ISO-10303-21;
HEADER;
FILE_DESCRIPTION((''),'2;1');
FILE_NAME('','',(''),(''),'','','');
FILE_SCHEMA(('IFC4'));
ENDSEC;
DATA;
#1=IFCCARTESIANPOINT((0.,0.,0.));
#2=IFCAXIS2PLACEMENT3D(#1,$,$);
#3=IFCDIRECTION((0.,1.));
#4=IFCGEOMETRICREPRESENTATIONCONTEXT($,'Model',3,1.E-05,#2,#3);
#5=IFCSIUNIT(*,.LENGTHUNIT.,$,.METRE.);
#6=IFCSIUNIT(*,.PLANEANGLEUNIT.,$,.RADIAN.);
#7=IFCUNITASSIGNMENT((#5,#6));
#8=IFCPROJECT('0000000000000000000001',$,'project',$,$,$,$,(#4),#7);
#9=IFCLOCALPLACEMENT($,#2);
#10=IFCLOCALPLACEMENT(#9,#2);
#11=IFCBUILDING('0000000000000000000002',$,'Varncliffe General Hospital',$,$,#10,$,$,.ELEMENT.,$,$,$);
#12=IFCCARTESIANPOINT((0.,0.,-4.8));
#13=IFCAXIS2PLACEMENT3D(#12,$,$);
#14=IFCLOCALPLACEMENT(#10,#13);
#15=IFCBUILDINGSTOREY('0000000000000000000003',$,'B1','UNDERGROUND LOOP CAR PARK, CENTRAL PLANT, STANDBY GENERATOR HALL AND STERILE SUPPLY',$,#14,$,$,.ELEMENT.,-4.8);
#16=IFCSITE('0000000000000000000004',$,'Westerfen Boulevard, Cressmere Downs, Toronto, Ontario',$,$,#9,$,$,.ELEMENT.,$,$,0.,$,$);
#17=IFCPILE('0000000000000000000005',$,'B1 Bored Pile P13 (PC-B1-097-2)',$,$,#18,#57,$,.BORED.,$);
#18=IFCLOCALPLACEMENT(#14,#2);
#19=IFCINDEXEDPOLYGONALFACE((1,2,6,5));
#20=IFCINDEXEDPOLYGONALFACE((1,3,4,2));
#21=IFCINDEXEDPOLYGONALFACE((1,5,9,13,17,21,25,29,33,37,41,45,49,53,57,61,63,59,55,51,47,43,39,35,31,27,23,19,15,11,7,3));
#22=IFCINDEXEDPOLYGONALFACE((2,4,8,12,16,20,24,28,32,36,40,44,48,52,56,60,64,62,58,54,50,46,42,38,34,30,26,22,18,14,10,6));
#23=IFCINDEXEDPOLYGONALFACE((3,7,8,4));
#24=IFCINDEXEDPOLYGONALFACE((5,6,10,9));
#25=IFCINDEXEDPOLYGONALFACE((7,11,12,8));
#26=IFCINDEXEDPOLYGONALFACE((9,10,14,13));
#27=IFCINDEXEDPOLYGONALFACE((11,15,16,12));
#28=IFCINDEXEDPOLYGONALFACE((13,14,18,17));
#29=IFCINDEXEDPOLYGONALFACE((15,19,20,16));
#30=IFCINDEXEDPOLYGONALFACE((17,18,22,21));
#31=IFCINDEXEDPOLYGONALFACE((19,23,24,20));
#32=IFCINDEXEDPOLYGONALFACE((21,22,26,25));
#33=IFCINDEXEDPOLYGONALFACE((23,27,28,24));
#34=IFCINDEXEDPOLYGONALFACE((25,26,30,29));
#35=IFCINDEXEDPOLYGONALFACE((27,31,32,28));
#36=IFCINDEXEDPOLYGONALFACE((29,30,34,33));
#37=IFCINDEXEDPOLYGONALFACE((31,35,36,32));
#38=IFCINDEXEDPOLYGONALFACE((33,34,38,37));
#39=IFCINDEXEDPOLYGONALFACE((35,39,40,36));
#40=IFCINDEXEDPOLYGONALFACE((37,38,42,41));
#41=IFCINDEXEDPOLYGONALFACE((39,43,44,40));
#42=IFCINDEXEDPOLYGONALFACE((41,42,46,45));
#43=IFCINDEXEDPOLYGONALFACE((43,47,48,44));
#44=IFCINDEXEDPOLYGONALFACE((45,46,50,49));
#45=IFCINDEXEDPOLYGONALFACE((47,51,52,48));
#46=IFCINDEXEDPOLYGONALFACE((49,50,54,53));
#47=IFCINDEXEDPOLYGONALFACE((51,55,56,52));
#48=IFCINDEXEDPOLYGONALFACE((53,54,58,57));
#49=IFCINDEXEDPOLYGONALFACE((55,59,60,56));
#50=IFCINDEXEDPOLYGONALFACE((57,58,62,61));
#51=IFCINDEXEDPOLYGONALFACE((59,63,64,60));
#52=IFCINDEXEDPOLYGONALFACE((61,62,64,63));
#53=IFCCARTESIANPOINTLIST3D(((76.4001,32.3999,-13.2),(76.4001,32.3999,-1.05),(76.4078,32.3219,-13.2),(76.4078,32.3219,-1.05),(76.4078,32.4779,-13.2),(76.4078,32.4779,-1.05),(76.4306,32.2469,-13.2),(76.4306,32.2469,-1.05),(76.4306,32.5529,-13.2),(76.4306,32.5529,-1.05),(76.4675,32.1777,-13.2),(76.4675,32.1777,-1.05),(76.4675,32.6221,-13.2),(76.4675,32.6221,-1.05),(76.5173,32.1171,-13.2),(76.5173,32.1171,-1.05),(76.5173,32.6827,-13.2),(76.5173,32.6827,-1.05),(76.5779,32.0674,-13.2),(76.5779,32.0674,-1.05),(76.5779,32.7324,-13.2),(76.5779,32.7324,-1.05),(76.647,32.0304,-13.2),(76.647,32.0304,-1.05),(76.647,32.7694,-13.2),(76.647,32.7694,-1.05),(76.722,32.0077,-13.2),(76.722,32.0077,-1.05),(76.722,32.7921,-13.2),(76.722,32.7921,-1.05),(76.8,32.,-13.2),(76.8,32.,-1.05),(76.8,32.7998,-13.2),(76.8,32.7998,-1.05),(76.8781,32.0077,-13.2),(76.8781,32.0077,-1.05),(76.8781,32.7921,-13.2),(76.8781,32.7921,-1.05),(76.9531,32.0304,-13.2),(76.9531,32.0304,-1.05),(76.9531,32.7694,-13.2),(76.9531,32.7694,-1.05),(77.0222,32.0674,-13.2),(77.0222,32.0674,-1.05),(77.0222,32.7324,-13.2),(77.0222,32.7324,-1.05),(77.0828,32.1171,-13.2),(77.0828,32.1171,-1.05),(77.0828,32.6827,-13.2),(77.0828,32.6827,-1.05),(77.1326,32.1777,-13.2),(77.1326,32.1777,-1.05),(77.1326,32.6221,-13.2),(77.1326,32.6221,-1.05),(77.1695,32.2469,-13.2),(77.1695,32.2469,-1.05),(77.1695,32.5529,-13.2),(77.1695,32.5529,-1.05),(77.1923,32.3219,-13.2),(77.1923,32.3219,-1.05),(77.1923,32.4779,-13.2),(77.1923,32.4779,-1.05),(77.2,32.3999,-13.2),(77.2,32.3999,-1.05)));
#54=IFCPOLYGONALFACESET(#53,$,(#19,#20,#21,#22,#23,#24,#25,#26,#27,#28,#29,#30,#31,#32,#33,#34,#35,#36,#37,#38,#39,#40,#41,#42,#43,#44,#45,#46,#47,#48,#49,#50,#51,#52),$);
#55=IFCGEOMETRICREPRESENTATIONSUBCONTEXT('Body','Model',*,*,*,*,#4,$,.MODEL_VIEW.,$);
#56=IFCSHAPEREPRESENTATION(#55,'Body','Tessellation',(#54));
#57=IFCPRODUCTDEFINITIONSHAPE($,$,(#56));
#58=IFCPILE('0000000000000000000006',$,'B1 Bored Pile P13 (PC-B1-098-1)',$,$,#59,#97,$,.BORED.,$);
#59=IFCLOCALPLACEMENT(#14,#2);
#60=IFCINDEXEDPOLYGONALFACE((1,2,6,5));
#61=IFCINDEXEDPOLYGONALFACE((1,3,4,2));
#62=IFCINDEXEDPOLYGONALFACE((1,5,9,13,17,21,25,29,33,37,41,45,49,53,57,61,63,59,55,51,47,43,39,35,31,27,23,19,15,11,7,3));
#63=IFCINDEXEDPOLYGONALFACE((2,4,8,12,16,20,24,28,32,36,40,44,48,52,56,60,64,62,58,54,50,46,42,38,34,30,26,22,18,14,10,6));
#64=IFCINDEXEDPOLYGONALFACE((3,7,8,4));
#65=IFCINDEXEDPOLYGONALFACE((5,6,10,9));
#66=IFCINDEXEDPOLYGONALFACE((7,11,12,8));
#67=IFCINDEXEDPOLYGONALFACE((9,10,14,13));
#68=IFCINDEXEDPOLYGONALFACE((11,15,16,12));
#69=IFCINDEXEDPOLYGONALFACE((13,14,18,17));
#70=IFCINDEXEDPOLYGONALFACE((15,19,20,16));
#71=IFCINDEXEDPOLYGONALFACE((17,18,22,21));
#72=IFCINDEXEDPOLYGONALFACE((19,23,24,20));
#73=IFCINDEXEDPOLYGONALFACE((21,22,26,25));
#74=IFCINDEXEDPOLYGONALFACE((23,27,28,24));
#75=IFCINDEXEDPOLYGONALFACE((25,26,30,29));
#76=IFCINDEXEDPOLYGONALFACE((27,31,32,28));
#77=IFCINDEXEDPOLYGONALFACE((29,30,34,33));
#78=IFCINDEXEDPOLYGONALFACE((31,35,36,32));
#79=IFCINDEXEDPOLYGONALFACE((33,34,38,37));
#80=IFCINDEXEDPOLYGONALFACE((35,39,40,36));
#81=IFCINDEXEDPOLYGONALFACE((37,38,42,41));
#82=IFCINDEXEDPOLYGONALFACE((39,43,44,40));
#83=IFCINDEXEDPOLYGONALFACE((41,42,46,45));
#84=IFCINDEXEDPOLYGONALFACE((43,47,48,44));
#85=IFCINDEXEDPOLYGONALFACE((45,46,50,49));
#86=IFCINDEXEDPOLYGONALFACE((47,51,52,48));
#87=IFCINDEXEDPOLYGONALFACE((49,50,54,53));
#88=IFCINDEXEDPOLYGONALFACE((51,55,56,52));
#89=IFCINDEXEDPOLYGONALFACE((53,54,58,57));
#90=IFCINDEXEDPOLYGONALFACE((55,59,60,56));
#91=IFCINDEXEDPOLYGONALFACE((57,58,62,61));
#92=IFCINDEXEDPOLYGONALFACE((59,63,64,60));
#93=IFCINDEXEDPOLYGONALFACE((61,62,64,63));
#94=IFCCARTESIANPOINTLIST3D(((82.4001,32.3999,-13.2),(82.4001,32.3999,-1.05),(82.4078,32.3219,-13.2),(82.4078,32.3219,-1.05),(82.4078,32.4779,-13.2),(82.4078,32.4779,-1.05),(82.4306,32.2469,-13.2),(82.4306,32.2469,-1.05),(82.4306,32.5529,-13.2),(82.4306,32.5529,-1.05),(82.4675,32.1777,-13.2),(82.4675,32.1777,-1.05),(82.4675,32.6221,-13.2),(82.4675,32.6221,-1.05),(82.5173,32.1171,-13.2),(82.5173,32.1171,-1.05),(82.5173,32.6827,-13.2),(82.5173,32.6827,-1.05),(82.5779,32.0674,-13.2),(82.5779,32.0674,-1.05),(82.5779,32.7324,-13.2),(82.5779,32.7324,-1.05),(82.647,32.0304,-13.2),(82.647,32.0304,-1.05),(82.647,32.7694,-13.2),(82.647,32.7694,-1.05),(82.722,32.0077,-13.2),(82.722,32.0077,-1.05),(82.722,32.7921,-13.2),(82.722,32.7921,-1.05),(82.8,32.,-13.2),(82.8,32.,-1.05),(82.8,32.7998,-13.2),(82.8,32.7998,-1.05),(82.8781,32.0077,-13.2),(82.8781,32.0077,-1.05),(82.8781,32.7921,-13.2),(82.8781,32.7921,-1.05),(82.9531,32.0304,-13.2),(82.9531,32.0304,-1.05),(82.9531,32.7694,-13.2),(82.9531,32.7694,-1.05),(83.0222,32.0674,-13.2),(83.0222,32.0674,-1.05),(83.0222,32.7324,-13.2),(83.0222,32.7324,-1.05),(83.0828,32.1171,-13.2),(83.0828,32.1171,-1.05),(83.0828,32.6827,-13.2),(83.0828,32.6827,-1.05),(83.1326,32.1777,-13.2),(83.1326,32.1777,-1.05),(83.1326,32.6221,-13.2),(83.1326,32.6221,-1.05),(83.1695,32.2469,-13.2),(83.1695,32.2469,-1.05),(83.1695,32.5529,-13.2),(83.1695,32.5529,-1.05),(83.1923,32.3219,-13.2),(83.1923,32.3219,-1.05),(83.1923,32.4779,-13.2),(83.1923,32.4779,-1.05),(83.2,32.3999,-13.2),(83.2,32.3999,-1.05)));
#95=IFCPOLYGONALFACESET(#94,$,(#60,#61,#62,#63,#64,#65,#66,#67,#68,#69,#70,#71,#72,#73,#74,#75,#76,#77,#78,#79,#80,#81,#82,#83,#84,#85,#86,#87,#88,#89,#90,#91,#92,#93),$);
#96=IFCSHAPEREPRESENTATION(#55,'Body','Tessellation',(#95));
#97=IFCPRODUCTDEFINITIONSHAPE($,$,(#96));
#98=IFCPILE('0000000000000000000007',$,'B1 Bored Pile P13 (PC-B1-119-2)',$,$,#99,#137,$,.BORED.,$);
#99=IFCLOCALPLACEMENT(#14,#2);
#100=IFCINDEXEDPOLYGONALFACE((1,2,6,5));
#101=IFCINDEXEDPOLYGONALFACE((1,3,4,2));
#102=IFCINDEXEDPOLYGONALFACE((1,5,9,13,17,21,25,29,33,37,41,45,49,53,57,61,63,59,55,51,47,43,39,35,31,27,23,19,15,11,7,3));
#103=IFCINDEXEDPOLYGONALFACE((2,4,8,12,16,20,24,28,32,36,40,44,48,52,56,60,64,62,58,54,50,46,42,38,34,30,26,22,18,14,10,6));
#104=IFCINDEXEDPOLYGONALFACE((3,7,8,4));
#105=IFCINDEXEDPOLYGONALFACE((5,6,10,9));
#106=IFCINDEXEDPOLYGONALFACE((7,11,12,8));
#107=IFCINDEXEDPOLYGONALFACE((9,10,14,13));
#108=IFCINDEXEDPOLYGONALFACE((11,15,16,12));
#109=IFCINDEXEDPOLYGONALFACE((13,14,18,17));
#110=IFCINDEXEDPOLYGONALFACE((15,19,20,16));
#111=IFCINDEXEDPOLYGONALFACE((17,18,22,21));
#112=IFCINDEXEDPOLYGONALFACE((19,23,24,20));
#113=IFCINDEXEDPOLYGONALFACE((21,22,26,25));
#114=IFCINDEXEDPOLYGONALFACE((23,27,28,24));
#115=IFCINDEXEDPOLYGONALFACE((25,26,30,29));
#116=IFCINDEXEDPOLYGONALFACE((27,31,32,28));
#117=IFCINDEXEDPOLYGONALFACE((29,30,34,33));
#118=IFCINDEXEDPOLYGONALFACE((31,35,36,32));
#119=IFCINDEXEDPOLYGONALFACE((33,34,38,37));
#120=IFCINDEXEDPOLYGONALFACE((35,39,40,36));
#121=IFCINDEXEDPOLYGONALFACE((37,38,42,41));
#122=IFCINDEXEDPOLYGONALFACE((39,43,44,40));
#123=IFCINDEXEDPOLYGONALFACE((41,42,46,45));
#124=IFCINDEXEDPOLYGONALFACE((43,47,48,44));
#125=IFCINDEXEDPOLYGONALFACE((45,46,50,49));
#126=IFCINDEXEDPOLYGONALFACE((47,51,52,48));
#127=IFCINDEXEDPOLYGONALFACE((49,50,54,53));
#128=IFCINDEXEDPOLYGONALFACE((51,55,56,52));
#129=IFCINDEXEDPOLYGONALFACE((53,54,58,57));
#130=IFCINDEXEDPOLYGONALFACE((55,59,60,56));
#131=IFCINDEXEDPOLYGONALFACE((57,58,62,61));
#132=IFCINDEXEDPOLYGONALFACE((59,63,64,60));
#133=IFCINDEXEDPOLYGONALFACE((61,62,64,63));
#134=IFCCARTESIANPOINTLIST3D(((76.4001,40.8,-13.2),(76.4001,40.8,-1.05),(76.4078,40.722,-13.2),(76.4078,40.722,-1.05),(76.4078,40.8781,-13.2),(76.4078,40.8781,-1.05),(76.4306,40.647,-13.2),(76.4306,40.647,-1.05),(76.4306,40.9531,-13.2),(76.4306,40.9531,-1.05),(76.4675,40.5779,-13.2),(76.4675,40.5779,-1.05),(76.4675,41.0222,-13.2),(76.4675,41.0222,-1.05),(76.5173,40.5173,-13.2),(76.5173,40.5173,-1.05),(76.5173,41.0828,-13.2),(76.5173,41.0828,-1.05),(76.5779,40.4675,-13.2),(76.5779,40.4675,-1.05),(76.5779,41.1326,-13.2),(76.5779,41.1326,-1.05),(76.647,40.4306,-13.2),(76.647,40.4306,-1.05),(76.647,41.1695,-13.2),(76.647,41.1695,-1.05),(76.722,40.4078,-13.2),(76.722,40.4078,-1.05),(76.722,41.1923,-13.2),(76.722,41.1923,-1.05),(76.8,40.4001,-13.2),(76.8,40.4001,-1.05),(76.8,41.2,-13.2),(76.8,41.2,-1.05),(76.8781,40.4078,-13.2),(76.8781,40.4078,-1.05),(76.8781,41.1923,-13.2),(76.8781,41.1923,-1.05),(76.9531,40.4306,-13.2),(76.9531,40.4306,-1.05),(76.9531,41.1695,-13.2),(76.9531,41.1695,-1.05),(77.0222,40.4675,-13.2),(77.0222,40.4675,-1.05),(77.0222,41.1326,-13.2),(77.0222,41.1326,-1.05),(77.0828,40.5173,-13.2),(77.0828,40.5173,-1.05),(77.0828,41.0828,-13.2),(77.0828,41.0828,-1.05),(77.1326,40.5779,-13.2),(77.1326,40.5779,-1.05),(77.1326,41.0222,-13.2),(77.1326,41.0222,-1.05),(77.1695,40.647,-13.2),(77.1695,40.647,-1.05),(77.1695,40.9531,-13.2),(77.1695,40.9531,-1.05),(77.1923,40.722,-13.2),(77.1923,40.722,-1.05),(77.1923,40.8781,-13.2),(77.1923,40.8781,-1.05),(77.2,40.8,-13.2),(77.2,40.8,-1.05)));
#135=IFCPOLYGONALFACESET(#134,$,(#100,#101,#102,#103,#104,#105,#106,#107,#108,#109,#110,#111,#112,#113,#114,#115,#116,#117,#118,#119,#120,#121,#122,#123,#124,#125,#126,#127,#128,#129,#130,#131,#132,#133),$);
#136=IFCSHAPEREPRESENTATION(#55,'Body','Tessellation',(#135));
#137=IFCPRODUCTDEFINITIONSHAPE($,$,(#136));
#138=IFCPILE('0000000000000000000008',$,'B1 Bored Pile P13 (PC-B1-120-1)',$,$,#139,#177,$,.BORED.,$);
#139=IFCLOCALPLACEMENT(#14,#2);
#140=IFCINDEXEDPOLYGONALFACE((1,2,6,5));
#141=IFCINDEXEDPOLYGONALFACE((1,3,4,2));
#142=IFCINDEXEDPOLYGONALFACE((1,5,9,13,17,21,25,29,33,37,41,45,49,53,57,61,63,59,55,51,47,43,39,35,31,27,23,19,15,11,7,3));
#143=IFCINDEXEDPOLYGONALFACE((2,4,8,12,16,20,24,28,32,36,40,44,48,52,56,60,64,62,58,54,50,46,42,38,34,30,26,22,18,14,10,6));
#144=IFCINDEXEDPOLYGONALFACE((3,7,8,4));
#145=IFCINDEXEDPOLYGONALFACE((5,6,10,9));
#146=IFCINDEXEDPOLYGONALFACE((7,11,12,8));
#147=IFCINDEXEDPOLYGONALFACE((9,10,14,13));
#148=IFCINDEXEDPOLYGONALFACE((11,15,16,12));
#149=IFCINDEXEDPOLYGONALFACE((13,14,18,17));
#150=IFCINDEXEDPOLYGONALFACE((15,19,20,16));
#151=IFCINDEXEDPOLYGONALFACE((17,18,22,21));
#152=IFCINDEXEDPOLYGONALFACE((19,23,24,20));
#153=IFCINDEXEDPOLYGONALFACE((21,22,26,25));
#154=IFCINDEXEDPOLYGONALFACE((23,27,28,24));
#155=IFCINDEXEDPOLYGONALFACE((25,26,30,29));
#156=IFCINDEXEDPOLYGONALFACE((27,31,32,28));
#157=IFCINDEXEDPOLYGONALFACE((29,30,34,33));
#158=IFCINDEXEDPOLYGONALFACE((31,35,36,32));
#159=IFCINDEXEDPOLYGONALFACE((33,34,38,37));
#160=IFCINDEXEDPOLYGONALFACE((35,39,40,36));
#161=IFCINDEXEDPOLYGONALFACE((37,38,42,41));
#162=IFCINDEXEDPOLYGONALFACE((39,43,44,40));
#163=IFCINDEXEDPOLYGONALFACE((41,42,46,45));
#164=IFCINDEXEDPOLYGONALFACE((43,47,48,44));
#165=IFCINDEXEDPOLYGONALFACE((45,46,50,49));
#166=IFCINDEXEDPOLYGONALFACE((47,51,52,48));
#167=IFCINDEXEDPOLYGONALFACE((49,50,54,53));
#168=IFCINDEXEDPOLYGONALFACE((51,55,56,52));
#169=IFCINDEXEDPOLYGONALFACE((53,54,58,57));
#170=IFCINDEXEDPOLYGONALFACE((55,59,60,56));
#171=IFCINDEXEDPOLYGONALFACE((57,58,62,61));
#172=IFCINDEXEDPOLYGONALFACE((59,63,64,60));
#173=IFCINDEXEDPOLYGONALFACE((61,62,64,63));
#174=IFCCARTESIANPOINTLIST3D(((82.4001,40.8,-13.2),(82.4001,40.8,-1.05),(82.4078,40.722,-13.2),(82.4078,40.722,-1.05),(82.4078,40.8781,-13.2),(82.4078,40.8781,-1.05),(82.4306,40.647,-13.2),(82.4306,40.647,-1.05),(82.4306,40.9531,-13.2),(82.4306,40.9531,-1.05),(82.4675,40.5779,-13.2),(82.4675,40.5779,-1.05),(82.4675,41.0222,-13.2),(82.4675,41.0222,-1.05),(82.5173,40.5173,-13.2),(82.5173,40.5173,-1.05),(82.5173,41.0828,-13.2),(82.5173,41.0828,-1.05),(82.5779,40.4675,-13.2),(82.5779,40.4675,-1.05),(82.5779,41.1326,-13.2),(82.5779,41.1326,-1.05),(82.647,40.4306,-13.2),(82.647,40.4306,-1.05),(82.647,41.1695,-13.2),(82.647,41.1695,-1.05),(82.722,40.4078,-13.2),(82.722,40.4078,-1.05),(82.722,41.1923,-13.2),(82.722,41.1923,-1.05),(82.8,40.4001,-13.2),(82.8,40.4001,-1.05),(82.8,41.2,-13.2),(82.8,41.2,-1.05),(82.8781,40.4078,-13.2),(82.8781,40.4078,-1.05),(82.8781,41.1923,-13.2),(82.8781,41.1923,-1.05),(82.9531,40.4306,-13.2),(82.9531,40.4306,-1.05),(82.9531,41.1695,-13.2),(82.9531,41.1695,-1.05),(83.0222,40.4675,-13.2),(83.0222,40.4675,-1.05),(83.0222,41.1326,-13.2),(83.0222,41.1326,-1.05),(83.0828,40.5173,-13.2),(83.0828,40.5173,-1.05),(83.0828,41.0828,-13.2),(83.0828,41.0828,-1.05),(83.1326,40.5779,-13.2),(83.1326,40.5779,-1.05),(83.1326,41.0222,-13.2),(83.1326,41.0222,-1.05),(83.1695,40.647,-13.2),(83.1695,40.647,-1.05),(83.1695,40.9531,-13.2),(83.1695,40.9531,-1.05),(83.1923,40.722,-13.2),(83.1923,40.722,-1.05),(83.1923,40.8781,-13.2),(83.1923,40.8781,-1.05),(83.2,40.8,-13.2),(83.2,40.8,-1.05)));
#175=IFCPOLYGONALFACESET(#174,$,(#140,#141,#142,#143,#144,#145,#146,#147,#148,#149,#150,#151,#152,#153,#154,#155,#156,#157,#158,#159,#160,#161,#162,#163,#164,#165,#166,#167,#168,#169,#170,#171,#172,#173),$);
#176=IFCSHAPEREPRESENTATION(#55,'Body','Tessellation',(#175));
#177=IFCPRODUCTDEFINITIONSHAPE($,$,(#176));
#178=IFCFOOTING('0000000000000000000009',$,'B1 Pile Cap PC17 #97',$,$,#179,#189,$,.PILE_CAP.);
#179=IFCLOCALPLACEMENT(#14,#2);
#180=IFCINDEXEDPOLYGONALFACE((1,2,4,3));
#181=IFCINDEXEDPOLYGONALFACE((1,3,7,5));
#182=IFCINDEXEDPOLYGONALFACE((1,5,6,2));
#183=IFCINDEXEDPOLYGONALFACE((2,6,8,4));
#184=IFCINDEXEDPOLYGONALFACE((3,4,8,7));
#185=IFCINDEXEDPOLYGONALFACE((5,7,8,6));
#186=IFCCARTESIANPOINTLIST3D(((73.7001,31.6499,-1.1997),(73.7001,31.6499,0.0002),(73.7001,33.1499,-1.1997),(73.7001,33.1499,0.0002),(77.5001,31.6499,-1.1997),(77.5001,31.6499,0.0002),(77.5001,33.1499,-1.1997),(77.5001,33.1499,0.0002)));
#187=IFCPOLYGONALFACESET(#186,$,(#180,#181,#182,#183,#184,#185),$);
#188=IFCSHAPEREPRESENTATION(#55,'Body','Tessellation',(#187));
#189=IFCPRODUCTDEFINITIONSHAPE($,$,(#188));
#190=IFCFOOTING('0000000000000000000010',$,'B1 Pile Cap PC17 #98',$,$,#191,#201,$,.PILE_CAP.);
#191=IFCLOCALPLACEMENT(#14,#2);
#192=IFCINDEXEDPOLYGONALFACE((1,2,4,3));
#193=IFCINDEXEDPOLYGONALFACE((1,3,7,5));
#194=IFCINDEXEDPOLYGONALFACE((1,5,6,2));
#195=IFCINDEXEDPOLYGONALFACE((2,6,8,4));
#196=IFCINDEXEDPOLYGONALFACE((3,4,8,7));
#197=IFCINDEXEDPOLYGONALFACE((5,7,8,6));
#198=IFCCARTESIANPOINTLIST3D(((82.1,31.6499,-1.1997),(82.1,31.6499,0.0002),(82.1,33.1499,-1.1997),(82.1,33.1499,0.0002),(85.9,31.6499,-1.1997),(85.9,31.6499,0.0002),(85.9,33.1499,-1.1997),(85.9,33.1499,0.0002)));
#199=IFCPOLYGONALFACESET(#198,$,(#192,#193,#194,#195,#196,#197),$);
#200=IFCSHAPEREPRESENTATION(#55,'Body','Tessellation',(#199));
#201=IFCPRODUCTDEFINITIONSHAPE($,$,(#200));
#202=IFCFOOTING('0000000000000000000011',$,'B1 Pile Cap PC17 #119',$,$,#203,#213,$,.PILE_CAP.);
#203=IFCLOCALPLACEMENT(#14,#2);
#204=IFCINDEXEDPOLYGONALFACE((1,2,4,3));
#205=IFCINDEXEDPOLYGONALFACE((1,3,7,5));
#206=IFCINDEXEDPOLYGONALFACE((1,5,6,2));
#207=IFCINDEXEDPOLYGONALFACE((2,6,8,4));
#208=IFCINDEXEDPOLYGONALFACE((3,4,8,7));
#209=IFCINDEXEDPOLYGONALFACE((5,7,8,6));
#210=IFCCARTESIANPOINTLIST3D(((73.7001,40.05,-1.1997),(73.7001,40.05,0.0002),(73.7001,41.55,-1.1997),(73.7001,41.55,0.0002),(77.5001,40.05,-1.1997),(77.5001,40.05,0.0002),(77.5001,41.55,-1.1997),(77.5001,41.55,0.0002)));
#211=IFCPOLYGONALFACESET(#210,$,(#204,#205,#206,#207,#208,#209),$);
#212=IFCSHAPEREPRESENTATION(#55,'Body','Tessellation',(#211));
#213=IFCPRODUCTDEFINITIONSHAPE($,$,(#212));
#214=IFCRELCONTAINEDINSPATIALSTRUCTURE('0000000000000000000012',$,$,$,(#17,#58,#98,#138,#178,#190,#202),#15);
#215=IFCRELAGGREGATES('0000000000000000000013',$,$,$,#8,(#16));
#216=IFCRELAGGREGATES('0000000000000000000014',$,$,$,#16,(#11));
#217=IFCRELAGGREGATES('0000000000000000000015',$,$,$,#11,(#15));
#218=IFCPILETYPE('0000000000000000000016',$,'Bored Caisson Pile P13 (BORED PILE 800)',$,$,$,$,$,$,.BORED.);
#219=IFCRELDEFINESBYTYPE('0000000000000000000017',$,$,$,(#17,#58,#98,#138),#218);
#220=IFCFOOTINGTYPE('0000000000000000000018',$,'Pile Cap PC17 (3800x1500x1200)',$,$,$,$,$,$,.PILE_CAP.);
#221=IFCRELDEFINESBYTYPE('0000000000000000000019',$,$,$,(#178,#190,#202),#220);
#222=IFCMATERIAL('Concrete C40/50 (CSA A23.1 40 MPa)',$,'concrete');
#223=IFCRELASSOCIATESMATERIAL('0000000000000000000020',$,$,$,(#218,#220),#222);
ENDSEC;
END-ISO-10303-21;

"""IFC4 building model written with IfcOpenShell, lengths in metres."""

from ifc_helpers import new_model, si_unit, direction, frame, origin, origin_2d, place, context, subcontext, project, spatial, rectangle, circle, extrude, material, material_profile, profile_set, type_object, element, save


model = new_model("IFC4")

# Units and contexts
model_context = context("Model", 3, precision=1e-05, world=origin(), true_north=direction((0.0, 1.0)))
body_context = subcontext(model_context, "Body", "Model", "MODEL_VIEW")
ifc_project = project(units=[si_unit("LENGTHUNIT", "METRE"), si_unit("PLANEANGLEUNIT", "RADIAN")], contexts=[model_context])

# Site, building, storey
site_placement = place(None, origin())
site = spatial("IfcSite", under=ifc_project, at=site_placement, Name="Westerfen Boulevard, Cressmere Downs, Toronto, Ontario", CompositionType="ELEMENT", RefElevation=0.0)
building_placement = place(site_placement, origin())
building = spatial("IfcBuilding", under=site, at=building_placement, Name="Varncliffe General Hospital", CompositionType="ELEMENT")
storey_placement = place(building_placement, frame((0.0, 0.0, -4.8)))
storey = spatial("IfcBuildingStorey", under=building, at=storey_placement, Name="B1", Description="UNDERGROUND LOOP CAR PARK, CENTRAL PLANT, STANDBY GENERATOR HALL AND STERILE SUPPLY", CompositionType="ELEMENT", Elevation=-4.8)

# Piles
ifc_material_1 = material(Name="Concrete C40/50 (CSA A23.1 40 MPa)", Category="concrete")
ifc_material_profile_1 = material_profile(ifc_material_1, circle(Radius=0.3999, at=origin_2d()), Name="BORED PILE 800")
ifc_profile_set_1 = profile_set([ifc_material_profile_1], Name="Concrete C40/50 (CSA A23.1 40 MPa)")
pile_type = type_object("IfcPileType", Name="Bored Caisson Pile P13 (BORED PILE 800)", PredefinedType="BORED", material=ifc_profile_set_1)
for number, where, z_axis, x_axis, name in (
    (1, (76.8, 32.3999, -1.05), (0.0, 0.0, -1.0), (1.0, 0.0, 0.0), "B1 Bored Pile P13 (PC-B1-097-2)"),
    (2, (82.8, 32.3999, -1.05), (0.0, 0.0, -1.0), (1.0, 0.0, 0.0), "B1 Bored Pile P13 (PC-B1-098-1)"),
    (3, (76.8, 40.8, -1.05), (0.0, 0.0, -1.0), (1.0, 0.0, 0.0), "B1 Bored Pile P13 (PC-B1-119-2)"),
    (4, (82.8, 40.8, -1.05), (0.0, 0.0, -1.0), (1.0, 0.0, 0.0), "B1 Bored Pile P13 (PC-B1-120-1)"),
):
    element("IfcPile", number, at=place(storey_placement, frame(where, z_axis=z_axis, x_axis=x_axis)), inside=storey, type_object=pile_type, Name=name, PredefinedType="BORED", context=body_context, shape_type="SweptSolid", body=[
        extrude(circle(Radius=0.3999, at=origin_2d()), origin(), (0.0, 0.0, 1.0), 12.1499),
    ])

# Footings
footing_type_1 = type_object("IfcFootingType", Name="Pile Cap PC17 (3800x1500x1200)", PredefinedType="PILE_CAP", material=ifc_material_1)
for number, where, z_axis, x_axis, name in (
    (5, (75.6001, 32.3999, -1.1997), (0.0, 0.0, 1.0), (1.0, 0.0, 0.0), "B1 Pile Cap PC17 #97"),
    (6, (84.0, 32.3999, -1.1997), (0.0, 0.0, 1.0), (1.0, 0.0, 0.0), "B1 Pile Cap PC17 #98"),
    (7, (75.6001, 40.8, -1.1997), (0.0, 0.0, 1.0), (1.0, 0.0, 0.0), "B1 Pile Cap PC17 #119"),
):
    element("IfcFooting", number, at=place(storey_placement, frame(where, z_axis=z_axis, x_axis=x_axis)), inside=storey, type_object=footing_type_1, Name=name, PredefinedType="PILE_CAP", context=body_context, shape_type="SweptSolid", body=[
        extrude(rectangle(XDim=3.8, YDim=1.5, at=origin_2d()), origin(), (0.0, 0.0, 1.0), 1.2),
    ])

save(model, "model.ifc")
